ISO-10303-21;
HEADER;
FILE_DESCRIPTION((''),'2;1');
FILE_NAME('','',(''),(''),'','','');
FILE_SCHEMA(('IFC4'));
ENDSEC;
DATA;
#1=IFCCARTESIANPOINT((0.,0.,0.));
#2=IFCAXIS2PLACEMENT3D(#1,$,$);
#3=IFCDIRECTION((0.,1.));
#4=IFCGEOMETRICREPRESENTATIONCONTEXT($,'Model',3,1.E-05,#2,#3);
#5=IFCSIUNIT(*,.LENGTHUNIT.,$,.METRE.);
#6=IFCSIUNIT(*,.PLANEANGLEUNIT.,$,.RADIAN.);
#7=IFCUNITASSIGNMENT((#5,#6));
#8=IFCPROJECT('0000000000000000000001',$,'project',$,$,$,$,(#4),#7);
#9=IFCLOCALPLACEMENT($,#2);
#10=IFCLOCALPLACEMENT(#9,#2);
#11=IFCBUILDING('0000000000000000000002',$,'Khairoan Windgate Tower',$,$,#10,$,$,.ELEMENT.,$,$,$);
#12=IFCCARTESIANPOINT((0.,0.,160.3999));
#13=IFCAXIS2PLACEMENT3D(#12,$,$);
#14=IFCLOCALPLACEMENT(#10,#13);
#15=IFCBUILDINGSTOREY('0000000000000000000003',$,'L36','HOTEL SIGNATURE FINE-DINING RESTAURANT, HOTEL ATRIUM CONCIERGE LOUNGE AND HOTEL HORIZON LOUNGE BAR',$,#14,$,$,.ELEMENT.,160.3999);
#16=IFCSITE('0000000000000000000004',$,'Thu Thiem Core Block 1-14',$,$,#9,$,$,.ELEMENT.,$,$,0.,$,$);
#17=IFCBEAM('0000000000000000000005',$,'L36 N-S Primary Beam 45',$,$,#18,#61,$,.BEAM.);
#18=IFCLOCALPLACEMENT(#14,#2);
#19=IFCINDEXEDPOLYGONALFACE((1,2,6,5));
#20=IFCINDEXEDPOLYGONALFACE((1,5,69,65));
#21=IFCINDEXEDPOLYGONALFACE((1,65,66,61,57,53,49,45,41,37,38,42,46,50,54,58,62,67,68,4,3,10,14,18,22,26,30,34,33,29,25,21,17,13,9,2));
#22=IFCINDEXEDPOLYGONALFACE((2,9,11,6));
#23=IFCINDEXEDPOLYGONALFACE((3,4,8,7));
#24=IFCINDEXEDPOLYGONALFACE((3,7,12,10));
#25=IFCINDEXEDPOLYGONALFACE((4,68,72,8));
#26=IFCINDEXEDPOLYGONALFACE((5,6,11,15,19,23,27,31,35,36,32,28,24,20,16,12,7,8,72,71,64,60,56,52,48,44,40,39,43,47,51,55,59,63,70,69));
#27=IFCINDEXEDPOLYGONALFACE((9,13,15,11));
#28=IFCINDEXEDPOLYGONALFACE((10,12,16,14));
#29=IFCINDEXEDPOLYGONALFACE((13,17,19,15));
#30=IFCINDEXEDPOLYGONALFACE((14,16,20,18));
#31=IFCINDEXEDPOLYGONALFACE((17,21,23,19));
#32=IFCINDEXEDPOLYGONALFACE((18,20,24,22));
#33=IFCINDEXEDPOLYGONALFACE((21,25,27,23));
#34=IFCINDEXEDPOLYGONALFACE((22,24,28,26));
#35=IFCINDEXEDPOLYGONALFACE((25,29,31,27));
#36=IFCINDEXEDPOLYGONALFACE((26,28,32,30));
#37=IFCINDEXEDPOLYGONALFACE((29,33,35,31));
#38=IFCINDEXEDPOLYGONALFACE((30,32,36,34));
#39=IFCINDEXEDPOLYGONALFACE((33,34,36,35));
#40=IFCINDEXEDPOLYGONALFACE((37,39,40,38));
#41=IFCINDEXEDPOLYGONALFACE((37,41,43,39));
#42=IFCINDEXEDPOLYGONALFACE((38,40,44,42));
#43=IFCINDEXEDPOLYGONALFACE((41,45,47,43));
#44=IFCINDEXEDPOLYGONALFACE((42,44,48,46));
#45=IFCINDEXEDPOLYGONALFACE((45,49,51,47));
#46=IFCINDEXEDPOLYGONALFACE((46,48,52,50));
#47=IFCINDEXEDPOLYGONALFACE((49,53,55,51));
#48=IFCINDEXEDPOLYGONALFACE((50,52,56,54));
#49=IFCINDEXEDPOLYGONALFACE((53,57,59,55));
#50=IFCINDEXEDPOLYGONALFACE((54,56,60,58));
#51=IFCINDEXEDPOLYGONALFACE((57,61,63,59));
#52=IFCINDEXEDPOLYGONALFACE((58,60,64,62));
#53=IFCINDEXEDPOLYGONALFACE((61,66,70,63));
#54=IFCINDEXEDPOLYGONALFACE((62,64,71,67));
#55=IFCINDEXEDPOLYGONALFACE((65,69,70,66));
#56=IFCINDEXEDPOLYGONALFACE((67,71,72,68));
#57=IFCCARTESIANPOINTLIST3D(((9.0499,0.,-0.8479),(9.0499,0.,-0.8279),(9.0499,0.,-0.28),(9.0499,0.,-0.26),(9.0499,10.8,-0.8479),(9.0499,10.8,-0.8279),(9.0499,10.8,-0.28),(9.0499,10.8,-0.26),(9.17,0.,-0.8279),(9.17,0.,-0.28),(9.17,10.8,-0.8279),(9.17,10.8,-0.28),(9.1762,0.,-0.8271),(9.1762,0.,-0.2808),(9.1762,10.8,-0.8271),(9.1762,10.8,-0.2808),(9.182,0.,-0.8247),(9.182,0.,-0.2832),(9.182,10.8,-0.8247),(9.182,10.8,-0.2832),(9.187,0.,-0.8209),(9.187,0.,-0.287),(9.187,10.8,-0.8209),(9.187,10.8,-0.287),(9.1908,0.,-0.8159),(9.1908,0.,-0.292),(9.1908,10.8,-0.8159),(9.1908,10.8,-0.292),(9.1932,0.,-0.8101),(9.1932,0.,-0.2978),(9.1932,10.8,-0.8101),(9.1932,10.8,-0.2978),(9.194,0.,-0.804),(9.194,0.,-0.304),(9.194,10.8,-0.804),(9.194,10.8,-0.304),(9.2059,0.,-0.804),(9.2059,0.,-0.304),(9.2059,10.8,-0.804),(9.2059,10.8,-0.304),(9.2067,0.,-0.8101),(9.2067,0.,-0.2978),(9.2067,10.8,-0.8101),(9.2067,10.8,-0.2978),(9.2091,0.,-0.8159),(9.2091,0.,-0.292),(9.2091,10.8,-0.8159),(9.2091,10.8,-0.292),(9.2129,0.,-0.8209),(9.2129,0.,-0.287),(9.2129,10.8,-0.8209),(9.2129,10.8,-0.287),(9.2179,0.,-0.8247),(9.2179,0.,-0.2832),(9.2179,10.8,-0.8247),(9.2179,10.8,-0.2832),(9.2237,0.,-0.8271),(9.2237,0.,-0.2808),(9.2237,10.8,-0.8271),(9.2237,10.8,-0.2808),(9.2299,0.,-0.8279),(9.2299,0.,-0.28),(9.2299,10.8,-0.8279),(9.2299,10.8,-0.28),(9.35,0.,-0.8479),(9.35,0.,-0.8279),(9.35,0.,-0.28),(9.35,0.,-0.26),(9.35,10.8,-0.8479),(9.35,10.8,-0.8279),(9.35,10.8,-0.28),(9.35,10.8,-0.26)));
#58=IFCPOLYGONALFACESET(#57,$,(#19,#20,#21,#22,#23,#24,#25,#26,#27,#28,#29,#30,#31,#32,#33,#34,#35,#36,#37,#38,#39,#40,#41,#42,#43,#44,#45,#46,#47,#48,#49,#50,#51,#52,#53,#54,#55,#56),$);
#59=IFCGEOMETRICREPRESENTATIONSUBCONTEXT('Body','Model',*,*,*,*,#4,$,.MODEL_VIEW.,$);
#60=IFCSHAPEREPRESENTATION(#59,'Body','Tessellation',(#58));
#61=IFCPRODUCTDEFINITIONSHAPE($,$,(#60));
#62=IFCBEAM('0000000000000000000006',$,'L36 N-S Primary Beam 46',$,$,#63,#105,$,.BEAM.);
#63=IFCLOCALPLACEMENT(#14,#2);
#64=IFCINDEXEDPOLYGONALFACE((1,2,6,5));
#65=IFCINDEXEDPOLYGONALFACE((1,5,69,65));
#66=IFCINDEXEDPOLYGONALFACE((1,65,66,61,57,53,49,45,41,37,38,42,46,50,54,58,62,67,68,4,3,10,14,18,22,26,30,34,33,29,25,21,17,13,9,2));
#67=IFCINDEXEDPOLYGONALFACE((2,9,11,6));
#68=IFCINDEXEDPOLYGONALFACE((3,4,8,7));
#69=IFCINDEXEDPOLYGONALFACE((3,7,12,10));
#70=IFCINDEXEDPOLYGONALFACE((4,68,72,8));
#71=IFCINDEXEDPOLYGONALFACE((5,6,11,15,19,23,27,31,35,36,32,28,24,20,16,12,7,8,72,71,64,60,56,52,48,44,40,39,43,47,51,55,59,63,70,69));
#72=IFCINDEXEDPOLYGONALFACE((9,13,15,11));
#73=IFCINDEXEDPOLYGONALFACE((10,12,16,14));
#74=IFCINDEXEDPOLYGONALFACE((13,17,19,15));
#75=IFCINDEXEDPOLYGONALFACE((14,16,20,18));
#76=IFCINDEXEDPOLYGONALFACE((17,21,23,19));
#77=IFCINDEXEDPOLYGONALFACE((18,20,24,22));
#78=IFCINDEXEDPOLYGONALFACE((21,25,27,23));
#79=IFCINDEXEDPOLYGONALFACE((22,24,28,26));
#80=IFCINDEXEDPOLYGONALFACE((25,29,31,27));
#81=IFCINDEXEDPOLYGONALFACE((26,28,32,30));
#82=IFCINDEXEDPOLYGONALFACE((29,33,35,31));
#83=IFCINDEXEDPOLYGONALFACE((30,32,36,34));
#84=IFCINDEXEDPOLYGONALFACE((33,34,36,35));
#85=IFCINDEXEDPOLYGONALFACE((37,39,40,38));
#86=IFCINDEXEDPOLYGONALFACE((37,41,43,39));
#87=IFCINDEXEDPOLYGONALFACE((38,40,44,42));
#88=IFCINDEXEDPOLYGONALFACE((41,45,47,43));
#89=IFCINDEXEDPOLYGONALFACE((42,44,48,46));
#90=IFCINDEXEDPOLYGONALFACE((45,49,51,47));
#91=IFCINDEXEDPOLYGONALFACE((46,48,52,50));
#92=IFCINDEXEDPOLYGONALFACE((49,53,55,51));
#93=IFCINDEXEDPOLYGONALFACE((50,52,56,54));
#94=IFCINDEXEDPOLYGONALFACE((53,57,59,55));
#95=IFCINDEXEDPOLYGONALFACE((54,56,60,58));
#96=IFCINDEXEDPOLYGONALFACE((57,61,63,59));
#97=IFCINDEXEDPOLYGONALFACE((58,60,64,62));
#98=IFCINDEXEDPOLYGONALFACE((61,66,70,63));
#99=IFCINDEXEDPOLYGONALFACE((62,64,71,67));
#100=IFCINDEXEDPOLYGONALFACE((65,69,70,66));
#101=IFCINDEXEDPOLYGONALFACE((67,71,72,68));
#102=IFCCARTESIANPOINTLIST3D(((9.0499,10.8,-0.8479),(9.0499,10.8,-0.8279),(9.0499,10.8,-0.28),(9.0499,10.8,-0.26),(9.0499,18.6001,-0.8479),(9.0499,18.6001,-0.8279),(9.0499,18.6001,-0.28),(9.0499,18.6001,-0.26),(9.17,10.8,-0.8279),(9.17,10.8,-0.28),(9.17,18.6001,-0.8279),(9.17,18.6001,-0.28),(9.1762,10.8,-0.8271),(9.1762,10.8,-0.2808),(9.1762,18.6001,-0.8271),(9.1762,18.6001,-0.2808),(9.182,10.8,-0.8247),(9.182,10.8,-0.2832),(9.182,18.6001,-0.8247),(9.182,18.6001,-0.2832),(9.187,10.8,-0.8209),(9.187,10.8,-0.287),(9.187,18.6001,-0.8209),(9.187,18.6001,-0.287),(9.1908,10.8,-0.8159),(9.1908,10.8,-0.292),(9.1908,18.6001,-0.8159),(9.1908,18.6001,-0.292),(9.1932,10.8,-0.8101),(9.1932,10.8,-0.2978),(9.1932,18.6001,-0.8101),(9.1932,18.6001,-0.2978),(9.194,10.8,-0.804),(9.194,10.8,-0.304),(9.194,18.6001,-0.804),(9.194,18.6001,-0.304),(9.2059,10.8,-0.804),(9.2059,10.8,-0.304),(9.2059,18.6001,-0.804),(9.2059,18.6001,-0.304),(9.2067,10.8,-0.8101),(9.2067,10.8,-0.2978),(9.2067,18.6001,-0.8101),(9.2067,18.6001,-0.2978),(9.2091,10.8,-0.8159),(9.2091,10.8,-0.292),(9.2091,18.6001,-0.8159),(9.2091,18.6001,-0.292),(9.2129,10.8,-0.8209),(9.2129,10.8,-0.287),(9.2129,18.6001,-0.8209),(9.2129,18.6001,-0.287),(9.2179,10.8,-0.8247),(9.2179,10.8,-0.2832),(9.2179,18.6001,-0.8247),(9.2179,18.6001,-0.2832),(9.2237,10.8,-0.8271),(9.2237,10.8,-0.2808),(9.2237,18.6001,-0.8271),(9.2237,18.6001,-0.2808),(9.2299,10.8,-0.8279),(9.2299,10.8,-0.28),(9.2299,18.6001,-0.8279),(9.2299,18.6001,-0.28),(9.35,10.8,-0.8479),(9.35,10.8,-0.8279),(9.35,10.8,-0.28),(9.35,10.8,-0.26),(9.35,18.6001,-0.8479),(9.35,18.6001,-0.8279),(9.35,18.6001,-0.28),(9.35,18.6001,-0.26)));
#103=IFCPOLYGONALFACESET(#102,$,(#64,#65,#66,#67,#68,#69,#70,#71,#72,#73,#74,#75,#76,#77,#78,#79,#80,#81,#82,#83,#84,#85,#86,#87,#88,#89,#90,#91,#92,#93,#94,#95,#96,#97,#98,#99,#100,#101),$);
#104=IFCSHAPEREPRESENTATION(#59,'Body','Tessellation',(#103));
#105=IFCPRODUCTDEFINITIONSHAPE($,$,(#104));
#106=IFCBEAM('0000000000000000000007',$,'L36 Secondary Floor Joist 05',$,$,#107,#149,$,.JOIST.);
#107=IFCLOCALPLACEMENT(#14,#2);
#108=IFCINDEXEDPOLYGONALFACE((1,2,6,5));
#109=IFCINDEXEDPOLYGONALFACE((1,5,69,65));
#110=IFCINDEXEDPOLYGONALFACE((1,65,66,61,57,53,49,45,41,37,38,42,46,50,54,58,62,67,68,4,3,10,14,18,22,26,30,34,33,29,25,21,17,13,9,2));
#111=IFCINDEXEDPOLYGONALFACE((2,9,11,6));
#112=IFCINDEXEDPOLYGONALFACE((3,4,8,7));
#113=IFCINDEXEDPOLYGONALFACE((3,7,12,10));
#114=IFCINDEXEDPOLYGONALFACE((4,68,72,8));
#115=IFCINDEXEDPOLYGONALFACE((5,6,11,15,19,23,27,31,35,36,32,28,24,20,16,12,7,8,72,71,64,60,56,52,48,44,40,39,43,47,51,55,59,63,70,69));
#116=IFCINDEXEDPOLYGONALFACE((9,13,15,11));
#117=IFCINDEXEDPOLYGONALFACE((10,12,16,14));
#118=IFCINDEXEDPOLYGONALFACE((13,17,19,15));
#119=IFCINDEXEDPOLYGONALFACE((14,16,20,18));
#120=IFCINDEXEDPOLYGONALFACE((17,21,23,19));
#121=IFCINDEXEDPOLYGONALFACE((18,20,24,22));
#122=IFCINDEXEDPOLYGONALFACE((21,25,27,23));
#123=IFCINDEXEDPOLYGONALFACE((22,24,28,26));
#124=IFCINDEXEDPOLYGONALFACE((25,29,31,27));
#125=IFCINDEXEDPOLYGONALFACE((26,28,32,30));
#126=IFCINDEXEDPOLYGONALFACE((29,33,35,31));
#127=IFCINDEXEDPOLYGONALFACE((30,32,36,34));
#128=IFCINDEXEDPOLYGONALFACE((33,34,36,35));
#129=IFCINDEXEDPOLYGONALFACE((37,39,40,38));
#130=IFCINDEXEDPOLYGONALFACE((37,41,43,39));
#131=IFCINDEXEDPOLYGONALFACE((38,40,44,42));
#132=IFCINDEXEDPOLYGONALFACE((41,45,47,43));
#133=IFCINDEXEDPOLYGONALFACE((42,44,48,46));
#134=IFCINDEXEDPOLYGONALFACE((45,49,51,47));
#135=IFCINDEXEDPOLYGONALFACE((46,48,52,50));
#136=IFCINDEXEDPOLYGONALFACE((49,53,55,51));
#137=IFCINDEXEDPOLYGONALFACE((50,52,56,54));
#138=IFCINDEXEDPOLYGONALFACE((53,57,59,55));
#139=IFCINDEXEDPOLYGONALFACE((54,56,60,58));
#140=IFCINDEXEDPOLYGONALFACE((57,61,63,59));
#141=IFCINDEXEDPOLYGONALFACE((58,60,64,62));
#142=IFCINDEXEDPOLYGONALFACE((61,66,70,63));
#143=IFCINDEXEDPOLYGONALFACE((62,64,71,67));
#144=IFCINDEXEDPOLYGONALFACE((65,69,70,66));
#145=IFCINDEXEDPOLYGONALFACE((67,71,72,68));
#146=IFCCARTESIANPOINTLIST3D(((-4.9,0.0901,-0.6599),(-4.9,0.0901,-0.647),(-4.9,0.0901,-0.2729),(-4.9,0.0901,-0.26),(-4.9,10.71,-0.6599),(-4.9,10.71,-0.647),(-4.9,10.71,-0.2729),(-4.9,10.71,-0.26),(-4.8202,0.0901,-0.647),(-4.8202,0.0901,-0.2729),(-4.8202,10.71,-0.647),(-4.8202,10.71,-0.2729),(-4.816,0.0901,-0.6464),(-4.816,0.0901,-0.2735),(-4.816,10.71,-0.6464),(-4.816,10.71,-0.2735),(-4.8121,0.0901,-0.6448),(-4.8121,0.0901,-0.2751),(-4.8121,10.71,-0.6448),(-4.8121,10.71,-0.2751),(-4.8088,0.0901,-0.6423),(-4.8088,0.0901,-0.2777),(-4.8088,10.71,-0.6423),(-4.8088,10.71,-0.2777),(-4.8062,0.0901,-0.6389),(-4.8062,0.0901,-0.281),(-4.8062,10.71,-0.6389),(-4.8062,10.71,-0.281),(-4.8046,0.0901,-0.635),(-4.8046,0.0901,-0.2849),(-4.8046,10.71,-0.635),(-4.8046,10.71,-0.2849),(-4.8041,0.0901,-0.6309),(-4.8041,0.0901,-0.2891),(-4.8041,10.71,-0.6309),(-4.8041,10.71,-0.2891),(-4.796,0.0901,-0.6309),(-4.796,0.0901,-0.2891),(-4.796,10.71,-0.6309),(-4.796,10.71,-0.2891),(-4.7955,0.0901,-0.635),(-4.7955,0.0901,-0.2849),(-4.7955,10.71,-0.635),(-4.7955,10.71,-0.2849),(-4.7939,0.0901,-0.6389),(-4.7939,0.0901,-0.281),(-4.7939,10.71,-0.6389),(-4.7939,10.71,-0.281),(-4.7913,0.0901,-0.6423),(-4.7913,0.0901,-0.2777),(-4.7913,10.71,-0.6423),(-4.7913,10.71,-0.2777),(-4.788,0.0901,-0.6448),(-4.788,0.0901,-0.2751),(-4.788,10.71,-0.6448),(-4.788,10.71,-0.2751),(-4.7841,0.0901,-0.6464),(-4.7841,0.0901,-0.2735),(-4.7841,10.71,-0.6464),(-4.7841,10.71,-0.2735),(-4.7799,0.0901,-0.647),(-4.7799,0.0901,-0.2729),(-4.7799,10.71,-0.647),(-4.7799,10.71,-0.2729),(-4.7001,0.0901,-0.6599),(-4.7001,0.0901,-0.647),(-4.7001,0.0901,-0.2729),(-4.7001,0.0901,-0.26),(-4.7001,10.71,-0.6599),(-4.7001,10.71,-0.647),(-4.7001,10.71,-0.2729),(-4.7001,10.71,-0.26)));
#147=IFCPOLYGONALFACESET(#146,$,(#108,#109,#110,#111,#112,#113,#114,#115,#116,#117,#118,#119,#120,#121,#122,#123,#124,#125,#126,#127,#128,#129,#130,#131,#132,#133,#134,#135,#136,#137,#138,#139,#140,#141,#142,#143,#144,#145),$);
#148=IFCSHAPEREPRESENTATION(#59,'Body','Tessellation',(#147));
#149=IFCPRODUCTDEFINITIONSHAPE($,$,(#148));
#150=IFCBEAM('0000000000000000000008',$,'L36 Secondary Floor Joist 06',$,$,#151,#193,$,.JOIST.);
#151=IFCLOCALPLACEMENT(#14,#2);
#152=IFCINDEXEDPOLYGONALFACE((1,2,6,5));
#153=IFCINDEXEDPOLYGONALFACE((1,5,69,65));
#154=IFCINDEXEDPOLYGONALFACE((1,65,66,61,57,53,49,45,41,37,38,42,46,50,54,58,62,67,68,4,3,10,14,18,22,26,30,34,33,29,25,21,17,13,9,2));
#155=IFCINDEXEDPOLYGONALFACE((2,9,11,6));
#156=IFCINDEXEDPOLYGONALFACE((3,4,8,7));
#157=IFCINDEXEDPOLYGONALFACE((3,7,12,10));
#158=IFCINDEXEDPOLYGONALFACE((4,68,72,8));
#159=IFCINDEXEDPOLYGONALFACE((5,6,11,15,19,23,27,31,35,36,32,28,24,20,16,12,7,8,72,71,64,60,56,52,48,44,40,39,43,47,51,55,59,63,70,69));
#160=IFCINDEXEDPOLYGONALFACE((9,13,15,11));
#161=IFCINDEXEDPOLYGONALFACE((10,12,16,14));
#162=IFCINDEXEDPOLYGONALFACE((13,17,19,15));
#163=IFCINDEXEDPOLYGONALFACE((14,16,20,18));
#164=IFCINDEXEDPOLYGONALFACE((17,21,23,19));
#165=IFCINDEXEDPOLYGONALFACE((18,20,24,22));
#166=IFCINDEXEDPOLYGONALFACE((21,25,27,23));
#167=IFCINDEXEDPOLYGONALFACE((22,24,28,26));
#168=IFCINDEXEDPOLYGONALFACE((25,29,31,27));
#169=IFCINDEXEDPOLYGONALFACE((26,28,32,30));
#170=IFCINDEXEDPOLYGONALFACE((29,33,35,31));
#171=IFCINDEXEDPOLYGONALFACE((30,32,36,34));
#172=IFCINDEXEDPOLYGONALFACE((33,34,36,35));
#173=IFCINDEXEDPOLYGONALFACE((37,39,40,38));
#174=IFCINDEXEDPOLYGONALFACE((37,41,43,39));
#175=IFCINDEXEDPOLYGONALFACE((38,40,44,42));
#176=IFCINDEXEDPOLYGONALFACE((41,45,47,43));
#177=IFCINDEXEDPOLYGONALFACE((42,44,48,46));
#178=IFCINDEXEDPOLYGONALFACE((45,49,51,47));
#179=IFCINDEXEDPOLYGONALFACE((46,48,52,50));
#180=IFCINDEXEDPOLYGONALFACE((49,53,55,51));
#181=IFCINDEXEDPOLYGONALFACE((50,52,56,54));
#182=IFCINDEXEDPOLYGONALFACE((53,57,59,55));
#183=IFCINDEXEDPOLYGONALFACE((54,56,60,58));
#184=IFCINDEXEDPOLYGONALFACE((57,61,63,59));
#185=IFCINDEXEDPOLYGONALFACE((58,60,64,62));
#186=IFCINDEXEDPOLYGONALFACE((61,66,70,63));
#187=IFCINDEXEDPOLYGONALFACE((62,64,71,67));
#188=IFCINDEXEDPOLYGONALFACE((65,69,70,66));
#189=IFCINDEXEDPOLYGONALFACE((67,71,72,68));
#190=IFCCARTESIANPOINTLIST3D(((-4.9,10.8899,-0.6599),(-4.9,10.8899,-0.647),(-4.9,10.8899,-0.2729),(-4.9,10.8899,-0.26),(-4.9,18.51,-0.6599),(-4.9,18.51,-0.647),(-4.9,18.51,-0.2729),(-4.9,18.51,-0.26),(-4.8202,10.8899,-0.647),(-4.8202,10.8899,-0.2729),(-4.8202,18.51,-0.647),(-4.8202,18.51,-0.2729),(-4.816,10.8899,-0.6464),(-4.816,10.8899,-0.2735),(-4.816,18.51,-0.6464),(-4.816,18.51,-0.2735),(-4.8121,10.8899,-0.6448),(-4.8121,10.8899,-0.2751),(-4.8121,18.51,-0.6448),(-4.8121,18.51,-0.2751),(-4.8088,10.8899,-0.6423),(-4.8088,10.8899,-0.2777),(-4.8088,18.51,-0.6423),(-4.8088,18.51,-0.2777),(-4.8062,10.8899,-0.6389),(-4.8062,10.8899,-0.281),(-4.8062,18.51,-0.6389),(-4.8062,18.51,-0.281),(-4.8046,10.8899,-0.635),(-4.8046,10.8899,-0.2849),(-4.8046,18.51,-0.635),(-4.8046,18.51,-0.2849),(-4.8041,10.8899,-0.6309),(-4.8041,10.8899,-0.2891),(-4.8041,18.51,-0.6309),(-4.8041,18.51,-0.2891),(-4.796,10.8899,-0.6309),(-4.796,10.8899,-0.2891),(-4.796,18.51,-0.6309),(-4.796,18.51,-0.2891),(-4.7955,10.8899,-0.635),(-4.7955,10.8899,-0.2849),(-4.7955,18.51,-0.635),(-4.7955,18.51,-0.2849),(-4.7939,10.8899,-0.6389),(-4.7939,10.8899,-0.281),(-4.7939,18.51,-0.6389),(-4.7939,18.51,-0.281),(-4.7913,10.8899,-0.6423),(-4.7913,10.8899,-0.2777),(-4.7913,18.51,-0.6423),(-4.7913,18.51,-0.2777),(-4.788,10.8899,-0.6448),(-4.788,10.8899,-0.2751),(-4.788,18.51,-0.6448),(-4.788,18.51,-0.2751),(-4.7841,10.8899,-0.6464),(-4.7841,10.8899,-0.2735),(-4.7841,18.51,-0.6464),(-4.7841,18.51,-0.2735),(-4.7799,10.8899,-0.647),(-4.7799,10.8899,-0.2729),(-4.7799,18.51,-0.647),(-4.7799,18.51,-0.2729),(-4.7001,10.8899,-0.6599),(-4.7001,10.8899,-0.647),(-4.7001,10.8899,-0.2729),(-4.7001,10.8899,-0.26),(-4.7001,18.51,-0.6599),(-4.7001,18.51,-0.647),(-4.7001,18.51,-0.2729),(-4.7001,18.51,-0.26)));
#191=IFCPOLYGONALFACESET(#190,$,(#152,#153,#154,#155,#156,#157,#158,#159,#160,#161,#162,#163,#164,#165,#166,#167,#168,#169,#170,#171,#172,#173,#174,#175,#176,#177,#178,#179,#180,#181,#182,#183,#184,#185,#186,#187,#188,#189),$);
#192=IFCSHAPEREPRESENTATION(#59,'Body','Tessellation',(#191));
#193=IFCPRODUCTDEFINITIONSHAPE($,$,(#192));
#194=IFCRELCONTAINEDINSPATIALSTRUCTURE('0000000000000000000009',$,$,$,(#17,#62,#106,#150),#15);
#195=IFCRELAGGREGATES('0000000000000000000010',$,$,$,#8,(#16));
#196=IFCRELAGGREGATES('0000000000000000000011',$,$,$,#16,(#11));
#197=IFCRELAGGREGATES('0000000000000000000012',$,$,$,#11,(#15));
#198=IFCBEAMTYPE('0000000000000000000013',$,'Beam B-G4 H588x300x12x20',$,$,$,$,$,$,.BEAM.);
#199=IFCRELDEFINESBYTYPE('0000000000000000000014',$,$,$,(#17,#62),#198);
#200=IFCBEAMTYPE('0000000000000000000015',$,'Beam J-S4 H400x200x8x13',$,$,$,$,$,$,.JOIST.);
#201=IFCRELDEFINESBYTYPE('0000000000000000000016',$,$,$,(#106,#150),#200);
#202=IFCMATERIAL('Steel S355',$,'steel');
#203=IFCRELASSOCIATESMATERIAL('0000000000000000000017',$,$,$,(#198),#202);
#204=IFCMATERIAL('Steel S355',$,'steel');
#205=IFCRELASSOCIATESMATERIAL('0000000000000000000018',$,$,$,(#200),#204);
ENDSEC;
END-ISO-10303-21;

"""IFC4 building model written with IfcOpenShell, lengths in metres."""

from ifc_helpers import new_model, si_unit, direction, frame, origin, origin_2d, place, context, subcontext, project, spatial, i_section, extrude, material, material_profile, profile_set, type_object, element, save


model = new_model("IFC4")

# Units and contexts
model_context = context("Model", 3, precision=1e-05, world=origin(), true_north=direction((0.0, 1.0)))
body_context = subcontext(model_context, "Body", "Model", "MODEL_VIEW")
ifc_project = project(units=[si_unit("LENGTHUNIT", "METRE"), si_unit("PLANEANGLEUNIT", "RADIAN")], contexts=[model_context])

# Site, building, storey
site_placement = place(None, origin())
site = spatial("IfcSite", under=ifc_project, at=site_placement, Name="Thu Thiem Core Block 1-14", CompositionType="ELEMENT", RefElevation=0.0)
building_placement = place(site_placement, origin())
building = spatial("IfcBuilding", under=site, at=building_placement, Name="Khairoan Windgate Tower", CompositionType="ELEMENT")
storey_placement = place(building_placement, frame((0.0, 0.0, 160.3999)))
storey = spatial("IfcBuildingStorey", under=building, at=storey_placement, Name="L36", Description="HOTEL SIGNATURE FINE-DINING RESTAURANT, HOTEL ATRIUM CONCIERGE LOUNGE AND HOTEL HORIZON LOUNGE BAR", CompositionType="ELEMENT", Elevation=160.3999)

# Beams
ifc_material_1 = material(Name="Steel S355", Category="steel")
ifc_material_profile_1 = material_profile(ifc_material_1, i_section(OverallWidth=0.3, OverallDepth=0.5879, WebThickness=0.012, FlangeThickness=0.02, FilletRadius=0.0239, at=origin_2d()))
ifc_profile_set_1 = profile_set([ifc_material_profile_1], Name="Steel S355")
beam_type_1 = type_object("IfcBeamType", Name="Beam B-G4 H588x300x12x20", PredefinedType="BEAM", material=ifc_profile_set_1)
beam_1_placement = place(storey_placement, frame((9.2, 0.0, -0.554), z_axis=(0.0, 1.0, 0.0), x_axis=(-1.0, 0.0, 0.0)))
element("IfcBeam", 1, at=beam_1_placement, inside=storey, type_object=beam_type_1, Name="L36 N-S Primary Beam 45", PredefinedType="BEAM", context=body_context, shape_type="SweptSolid", body=[
    extrude(i_section(OverallWidth=0.3, OverallDepth=0.5879, WebThickness=0.012, FlangeThickness=0.02, FilletRadius=0.0239, at=origin_2d()), origin(), (0.0, 0.0, 1.0), 10.8),
])
beam_2_placement = place(storey_placement, frame((9.2, 10.8, -0.554), z_axis=(0.0, 1.0, 0.0), x_axis=(-1.0, 0.0, 0.0)))
element("IfcBeam", 2, at=beam_2_placement, inside=storey, type_object=beam_type_1, Name="L36 N-S Primary Beam 46", PredefinedType="BEAM", context=body_context, shape_type="SweptSolid", body=[
    extrude(i_section(OverallWidth=0.3, OverallDepth=0.5879, WebThickness=0.012, FlangeThickness=0.02, FilletRadius=0.0239, at=origin_2d()), origin(), (0.0, 0.0, 1.0), 7.8),
])
ifc_material_2 = material(Name="Steel S355", Category="steel")
ifc_material_profile_2 = material_profile(ifc_material_2, i_section(OverallWidth=0.2, OverallDepth=0.3999, WebThickness=0.0081, FlangeThickness=0.0129, FilletRadius=0.0161, at=origin_2d()))
ifc_profile_set_2 = profile_set([ifc_material_profile_2], Name="Steel S355")
beam_type_2 = type_object("IfcBeamType", Name="Beam J-S4 H400x200x8x13", PredefinedType="JOIST", material=ifc_profile_set_2)
beam_3_placement = place(storey_placement, frame((-4.8, 0.0901, -0.46), z_axis=(0.0, 1.0, 0.0), x_axis=(-1.0, 0.0, 0.0)))
element("IfcBeam", 3, at=beam_3_placement, inside=storey, type_object=beam_type_2, Name="L36 Secondary Floor Joist 05", PredefinedType="JOIST", context=body_context, shape_type="SweptSolid", body=[
    extrude(i_section(OverallWidth=0.2, OverallDepth=0.3999, WebThickness=0.0081, FlangeThickness=0.0129, FilletRadius=0.0161, at=origin_2d()), origin(), (0.0, 0.0, 1.0), 10.6199),
])
beam_4_placement = place(storey_placement, frame((-4.8, 10.8899, -0.46), z_axis=(0.0, 1.0, 0.0), x_axis=(-1.0, 0.0, 0.0)))
element("IfcBeam", 4, at=beam_4_placement, inside=storey, type_object=beam_type_2, Name="L36 Secondary Floor Joist 06", PredefinedType="JOIST", context=body_context, shape_type="SweptSolid", body=[
    extrude(i_section(OverallWidth=0.2, OverallDepth=0.3999, WebThickness=0.0081, FlangeThickness=0.0129, FilletRadius=0.0161, at=origin_2d()), origin(), (0.0, 0.0, 1.0), 7.6201),
])

save(model, "model.ifc")
